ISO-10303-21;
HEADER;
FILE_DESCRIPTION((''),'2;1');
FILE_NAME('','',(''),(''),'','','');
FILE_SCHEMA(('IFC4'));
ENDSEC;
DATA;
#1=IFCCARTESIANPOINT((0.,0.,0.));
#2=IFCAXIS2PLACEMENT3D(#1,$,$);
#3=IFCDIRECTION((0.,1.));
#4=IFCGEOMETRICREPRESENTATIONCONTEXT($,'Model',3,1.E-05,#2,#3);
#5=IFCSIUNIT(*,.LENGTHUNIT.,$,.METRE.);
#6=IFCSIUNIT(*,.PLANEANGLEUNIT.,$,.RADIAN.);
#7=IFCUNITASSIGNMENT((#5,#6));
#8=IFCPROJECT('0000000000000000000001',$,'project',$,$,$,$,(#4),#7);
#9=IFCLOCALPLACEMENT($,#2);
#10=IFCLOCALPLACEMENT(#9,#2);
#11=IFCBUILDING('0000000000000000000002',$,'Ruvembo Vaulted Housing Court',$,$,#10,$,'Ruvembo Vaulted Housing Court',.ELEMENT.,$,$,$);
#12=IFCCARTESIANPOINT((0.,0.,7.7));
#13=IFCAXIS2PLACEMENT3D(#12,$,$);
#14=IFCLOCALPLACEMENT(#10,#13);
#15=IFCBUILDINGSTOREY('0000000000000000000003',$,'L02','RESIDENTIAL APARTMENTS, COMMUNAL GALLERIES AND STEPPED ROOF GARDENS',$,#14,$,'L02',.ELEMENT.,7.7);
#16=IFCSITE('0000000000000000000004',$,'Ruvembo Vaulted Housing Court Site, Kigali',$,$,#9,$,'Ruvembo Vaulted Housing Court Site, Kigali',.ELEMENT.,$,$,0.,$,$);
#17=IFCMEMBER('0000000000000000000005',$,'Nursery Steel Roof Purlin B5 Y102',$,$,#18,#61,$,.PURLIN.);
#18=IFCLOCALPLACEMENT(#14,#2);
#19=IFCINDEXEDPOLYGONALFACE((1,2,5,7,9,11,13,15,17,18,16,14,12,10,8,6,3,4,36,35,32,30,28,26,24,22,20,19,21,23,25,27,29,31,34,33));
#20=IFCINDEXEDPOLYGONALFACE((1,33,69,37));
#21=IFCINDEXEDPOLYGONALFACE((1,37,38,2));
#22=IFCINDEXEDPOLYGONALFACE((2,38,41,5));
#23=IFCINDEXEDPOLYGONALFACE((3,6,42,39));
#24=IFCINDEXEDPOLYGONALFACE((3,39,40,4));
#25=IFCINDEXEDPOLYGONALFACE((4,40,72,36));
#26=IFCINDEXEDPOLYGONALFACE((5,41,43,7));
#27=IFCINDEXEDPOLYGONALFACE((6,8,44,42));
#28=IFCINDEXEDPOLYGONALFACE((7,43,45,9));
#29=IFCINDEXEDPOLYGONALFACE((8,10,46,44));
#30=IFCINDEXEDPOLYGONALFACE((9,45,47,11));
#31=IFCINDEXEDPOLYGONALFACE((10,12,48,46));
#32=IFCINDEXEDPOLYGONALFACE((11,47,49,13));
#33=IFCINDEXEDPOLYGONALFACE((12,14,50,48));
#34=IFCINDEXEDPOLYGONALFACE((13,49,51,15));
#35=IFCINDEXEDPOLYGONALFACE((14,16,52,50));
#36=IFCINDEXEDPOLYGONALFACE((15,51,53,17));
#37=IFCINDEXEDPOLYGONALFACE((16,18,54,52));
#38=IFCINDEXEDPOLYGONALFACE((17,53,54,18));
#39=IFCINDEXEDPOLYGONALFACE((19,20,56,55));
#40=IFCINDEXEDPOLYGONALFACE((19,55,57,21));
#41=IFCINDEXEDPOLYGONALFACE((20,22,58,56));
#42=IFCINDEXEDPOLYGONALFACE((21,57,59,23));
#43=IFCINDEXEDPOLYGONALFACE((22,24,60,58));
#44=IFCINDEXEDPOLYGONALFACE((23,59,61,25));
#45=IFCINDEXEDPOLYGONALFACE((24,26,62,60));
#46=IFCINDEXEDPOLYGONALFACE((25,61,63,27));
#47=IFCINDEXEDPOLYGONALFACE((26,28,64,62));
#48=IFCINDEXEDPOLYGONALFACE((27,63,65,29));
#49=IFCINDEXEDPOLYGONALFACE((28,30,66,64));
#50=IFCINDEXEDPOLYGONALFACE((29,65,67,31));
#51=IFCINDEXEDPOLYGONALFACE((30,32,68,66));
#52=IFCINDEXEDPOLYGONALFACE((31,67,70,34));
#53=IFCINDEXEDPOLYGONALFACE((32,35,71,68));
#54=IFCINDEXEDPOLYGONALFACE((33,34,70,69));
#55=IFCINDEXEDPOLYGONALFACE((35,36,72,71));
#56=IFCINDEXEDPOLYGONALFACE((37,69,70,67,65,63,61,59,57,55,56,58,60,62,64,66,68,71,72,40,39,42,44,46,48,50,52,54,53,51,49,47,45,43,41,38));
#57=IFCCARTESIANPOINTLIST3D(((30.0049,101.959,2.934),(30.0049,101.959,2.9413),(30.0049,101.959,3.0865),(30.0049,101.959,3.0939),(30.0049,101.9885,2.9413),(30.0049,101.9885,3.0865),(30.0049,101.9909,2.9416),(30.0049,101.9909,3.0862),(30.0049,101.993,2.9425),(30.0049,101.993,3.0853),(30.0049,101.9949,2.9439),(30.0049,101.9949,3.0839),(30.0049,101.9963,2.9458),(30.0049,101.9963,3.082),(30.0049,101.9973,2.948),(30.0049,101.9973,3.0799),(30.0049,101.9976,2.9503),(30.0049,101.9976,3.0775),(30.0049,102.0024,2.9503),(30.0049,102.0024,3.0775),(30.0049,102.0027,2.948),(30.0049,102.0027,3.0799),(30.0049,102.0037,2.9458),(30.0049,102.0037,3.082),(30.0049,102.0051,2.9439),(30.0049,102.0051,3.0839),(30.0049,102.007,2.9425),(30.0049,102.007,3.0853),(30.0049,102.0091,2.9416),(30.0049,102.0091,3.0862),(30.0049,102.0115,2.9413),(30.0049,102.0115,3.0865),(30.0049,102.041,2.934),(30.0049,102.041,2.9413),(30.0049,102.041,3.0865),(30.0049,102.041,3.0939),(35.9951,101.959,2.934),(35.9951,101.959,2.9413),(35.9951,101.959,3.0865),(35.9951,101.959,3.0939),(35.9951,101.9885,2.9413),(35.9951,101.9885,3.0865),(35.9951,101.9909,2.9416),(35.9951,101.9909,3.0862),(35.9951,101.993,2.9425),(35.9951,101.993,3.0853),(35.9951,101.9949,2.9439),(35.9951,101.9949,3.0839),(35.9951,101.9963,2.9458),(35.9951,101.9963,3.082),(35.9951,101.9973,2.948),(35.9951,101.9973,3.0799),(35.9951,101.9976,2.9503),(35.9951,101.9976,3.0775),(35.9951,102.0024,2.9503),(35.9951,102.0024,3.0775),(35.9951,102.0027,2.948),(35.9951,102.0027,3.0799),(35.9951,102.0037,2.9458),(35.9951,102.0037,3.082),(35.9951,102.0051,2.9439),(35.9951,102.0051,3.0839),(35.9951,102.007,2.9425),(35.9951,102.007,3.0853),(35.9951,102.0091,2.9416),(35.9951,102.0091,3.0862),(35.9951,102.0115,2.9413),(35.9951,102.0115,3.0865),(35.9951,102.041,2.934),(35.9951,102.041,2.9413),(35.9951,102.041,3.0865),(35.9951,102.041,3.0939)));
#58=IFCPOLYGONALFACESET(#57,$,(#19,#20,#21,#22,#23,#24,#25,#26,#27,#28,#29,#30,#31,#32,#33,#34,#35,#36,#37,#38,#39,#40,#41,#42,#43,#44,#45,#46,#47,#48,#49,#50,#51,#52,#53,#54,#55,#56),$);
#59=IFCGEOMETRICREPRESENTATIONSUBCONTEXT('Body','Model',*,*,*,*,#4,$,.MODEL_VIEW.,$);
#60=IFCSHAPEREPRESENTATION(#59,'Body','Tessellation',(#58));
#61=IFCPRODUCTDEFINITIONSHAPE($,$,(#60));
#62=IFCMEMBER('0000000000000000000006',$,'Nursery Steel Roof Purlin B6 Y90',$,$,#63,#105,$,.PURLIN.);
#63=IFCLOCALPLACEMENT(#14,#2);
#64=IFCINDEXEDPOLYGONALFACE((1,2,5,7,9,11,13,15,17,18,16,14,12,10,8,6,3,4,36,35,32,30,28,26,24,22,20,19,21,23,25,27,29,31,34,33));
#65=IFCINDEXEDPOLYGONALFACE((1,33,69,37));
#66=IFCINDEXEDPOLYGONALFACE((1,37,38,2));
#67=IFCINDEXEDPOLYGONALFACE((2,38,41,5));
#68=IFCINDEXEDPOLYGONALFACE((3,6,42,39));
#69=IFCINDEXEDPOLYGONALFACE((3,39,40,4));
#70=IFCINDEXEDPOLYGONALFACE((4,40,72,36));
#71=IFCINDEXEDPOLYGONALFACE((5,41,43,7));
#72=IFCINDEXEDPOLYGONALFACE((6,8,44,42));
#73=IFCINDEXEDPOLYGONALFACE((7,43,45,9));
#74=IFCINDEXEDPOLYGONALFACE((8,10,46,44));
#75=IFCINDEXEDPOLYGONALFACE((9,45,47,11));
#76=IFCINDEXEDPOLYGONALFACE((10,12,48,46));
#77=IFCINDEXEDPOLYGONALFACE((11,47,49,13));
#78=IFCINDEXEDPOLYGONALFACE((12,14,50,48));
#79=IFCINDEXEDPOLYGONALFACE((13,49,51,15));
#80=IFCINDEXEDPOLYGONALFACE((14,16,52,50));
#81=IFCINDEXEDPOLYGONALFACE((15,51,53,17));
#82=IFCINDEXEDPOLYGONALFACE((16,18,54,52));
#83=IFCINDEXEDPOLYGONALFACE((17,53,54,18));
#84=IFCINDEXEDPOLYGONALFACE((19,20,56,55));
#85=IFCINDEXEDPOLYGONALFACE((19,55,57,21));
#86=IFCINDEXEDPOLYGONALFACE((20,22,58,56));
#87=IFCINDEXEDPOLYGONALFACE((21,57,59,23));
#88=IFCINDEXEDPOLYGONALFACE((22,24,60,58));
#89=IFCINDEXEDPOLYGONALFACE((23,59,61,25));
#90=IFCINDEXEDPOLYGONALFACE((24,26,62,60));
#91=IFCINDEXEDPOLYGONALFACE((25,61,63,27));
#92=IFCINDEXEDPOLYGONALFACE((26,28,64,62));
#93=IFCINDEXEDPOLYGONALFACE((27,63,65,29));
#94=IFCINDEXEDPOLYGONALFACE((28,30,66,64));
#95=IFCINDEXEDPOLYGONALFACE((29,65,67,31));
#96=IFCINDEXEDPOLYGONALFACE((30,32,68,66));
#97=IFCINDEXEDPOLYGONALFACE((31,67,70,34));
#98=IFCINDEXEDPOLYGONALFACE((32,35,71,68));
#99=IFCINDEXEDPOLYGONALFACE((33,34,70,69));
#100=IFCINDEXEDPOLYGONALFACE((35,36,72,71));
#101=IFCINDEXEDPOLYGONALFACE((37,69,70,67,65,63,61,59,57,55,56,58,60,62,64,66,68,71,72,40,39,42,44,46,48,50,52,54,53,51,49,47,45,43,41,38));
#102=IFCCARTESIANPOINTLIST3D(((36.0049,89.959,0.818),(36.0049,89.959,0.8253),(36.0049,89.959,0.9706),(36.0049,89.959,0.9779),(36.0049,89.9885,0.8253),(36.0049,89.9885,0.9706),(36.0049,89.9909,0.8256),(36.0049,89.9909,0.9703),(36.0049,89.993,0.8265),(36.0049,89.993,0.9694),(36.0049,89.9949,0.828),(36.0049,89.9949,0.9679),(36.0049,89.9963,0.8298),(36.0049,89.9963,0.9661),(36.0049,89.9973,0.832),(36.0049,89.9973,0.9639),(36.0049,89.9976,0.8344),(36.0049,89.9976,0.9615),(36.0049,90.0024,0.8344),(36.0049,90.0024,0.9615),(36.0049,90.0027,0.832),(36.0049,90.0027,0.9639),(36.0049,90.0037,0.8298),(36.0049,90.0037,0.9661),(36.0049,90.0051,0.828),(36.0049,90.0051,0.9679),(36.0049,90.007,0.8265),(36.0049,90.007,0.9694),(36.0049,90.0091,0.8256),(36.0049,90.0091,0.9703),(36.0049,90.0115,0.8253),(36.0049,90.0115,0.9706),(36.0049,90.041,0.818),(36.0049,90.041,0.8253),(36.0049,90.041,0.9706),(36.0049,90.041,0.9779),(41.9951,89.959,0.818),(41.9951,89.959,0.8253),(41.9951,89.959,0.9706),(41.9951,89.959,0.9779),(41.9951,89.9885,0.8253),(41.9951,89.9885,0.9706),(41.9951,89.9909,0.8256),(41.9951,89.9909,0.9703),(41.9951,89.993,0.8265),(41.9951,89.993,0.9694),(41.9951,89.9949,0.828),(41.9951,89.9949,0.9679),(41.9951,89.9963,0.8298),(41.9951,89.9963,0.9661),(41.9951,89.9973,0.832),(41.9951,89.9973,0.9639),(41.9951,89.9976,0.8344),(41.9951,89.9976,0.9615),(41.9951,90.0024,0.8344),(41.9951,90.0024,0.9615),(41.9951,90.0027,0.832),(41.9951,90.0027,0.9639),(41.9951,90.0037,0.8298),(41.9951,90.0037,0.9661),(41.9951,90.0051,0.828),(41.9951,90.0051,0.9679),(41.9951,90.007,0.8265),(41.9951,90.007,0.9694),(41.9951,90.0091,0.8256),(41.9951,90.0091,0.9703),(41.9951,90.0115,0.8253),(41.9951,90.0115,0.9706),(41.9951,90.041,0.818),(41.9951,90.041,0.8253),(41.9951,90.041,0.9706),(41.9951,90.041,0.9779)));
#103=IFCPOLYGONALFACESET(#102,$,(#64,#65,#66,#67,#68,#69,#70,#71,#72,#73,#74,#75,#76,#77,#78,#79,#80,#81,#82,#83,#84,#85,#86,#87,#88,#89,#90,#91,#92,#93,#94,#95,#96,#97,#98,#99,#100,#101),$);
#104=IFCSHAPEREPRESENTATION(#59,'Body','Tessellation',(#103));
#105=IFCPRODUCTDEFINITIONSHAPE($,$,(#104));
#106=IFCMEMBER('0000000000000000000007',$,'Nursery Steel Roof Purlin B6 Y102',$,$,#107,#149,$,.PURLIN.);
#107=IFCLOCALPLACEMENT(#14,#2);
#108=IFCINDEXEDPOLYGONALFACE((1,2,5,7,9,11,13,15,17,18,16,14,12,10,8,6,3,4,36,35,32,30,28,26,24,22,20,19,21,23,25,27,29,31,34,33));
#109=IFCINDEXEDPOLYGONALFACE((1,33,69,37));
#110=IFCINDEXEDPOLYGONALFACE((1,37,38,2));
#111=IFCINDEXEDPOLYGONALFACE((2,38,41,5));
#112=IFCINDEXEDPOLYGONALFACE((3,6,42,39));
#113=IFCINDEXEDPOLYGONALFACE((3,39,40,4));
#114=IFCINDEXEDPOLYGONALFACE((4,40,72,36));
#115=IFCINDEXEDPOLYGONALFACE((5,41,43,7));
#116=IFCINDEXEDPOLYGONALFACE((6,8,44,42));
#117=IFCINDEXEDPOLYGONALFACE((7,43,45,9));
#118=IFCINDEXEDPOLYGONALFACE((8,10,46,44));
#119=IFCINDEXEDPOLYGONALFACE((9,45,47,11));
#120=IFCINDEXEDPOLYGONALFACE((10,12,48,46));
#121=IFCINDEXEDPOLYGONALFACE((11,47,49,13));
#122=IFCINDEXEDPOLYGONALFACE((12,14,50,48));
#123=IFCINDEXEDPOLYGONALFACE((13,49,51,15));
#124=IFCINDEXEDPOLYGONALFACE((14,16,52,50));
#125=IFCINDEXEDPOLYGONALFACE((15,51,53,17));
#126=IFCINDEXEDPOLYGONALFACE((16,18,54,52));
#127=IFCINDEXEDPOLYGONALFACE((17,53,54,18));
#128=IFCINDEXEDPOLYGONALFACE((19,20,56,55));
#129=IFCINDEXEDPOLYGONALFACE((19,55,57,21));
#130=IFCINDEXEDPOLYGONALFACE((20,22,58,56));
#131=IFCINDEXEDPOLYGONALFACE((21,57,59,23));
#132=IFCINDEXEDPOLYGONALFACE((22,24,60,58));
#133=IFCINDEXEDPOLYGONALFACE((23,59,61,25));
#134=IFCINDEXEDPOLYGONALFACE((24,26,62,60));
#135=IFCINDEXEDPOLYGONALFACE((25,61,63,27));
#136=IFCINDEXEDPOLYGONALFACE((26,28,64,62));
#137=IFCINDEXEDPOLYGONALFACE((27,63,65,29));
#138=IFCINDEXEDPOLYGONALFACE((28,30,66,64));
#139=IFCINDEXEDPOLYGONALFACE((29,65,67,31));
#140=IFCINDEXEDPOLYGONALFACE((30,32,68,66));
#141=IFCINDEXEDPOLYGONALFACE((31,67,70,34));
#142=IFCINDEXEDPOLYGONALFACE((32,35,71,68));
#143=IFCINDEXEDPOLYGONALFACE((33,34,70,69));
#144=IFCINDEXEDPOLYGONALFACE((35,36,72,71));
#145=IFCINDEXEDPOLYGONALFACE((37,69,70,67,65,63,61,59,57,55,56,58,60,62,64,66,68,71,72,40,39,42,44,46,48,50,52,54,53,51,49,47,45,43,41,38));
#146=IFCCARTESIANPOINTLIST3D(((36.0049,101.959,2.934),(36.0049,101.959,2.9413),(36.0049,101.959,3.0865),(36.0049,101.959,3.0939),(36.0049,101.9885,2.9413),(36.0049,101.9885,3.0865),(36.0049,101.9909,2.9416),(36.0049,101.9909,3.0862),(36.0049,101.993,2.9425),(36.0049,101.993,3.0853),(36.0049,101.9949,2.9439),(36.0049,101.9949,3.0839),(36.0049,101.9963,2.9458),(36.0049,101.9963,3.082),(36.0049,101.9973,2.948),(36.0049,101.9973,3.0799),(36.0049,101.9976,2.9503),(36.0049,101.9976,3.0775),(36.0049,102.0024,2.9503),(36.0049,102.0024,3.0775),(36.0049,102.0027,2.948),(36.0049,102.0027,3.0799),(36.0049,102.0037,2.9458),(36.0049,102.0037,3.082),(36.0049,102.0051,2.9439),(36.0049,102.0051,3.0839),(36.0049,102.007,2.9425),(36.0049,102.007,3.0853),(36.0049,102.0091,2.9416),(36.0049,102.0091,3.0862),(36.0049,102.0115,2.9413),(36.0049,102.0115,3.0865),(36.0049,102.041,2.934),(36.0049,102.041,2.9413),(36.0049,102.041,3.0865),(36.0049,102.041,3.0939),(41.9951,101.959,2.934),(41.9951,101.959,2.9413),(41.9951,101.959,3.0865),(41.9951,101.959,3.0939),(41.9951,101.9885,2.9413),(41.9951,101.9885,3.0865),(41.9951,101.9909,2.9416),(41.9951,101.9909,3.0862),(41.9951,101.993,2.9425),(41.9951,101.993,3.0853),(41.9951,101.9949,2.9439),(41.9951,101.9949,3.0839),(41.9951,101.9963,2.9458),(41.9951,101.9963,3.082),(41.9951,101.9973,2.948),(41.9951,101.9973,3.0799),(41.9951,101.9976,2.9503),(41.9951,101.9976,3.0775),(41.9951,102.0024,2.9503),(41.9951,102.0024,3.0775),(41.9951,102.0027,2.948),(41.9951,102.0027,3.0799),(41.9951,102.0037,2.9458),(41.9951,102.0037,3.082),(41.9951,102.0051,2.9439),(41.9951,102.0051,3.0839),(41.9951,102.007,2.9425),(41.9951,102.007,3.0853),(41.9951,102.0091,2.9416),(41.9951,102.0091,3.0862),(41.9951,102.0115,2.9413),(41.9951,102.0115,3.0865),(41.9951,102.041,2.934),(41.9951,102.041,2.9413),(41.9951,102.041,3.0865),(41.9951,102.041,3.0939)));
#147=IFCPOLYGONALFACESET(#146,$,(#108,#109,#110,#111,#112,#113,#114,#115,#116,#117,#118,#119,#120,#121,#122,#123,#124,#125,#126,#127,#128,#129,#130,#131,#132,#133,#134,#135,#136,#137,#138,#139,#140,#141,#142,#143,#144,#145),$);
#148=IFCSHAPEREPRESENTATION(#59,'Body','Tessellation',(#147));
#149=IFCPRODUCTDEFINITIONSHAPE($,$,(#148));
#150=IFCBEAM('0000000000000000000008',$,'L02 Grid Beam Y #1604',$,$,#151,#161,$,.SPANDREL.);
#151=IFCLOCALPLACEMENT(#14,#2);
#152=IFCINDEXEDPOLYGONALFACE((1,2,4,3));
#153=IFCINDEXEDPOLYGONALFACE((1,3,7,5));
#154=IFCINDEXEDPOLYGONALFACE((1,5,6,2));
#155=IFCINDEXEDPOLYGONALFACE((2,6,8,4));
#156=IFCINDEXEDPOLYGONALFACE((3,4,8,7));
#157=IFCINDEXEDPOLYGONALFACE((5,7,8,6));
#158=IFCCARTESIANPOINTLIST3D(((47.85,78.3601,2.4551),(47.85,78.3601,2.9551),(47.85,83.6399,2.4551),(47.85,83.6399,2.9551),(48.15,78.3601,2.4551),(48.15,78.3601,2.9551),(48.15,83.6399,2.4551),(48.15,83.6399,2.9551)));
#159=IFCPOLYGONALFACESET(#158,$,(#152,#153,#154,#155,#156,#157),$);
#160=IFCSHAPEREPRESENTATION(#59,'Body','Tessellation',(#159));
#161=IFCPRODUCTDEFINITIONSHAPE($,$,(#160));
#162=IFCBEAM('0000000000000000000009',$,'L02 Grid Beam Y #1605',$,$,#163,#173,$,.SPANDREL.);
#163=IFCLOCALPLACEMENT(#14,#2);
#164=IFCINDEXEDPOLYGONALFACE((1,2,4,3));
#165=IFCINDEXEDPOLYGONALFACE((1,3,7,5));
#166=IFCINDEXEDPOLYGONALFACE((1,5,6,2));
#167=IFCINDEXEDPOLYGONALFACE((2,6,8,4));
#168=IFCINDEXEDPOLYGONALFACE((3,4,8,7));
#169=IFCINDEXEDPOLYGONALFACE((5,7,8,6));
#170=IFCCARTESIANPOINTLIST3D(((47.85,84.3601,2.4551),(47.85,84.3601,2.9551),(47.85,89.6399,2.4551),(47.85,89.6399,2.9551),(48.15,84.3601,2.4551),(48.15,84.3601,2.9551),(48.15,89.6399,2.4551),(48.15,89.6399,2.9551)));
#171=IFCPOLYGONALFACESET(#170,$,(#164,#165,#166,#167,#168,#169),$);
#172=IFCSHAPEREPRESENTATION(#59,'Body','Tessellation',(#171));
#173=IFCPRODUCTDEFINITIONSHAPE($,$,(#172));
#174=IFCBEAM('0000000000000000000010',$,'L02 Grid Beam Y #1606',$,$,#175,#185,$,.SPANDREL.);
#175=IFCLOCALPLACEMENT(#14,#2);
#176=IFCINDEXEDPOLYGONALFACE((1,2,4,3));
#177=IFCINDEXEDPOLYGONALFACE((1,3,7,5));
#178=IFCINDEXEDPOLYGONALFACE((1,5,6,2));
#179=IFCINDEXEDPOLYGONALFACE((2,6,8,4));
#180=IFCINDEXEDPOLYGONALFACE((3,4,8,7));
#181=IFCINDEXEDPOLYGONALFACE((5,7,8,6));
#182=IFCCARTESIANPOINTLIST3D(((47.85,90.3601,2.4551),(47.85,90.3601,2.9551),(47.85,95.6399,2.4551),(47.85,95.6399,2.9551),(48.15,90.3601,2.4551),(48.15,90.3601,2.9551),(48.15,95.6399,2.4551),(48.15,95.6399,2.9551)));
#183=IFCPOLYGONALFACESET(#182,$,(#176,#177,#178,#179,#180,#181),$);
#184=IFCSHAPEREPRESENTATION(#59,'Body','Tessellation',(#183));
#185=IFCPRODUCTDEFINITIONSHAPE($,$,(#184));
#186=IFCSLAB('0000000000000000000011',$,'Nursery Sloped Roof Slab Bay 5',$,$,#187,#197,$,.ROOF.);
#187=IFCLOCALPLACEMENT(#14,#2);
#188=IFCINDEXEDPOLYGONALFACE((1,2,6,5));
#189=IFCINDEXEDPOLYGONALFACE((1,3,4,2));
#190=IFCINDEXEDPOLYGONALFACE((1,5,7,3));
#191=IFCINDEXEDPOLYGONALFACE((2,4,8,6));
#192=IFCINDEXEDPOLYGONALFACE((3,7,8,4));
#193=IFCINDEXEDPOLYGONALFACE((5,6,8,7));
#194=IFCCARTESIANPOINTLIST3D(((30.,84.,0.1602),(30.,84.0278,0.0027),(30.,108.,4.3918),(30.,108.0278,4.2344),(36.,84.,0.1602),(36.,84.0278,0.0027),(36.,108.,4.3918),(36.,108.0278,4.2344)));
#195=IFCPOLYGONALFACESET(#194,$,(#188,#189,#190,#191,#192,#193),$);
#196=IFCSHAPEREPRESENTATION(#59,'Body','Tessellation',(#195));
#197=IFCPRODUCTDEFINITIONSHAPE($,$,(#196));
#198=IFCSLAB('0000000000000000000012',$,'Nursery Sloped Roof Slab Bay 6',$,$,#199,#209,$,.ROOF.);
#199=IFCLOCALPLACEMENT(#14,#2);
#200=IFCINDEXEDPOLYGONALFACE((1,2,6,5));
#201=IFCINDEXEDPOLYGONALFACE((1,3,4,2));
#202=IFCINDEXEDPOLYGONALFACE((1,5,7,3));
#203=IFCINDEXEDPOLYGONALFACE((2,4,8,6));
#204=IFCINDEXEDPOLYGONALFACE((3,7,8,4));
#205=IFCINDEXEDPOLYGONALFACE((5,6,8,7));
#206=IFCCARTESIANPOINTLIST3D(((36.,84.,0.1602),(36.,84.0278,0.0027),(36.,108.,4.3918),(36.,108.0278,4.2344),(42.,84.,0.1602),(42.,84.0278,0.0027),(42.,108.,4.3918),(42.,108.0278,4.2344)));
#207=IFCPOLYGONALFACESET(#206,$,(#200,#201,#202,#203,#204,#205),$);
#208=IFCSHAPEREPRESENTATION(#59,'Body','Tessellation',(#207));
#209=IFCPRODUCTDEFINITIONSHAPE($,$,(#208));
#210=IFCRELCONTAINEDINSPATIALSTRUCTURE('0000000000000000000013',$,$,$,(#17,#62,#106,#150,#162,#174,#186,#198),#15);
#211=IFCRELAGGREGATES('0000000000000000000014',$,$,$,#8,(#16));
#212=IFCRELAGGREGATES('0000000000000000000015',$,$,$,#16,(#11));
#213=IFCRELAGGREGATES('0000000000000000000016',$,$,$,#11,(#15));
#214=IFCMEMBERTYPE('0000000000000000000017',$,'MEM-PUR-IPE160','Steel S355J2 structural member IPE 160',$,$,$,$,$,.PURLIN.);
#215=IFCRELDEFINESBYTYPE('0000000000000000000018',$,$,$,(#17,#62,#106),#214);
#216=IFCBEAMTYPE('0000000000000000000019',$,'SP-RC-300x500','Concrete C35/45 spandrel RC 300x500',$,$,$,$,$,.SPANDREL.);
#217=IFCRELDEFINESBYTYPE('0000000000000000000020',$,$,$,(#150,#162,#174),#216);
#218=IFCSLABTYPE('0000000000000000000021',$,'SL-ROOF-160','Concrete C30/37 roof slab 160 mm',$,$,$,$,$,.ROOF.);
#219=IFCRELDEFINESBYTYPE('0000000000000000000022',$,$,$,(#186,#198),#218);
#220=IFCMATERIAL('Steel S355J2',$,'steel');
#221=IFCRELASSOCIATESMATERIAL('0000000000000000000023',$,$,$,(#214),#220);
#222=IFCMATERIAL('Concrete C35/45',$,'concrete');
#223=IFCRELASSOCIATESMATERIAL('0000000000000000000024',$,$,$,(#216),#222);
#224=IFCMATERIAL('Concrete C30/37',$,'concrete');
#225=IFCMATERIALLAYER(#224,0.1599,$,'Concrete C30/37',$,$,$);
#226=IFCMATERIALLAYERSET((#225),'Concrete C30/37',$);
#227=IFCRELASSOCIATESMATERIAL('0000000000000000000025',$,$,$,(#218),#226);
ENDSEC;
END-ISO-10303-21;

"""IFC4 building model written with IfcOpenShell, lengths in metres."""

from ifc_helpers import new_model, si_unit, direction, frame, origin, origin_2d, place, context, subcontext, project, spatial, polyline, rectangle, i_section, outline, extrude, material, layer, layer_set, material_profile, profile_set, type_object, element, save


model = new_model("IFC4")

# Units and contexts
model_context = context("Model", 3, precision=1e-05, world=origin(), true_north=direction((0.0, 1.0)))
body_context = subcontext(model_context, "Body", "Model", "MODEL_VIEW")
ifc_project = project(units=[si_unit("LENGTHUNIT", "METRE"), si_unit("PLANEANGLEUNIT", "RADIAN")], contexts=[model_context])

# Site, building, storey
site_placement = place(None, origin())
site = spatial("IfcSite", under=ifc_project, at=site_placement, Name="Ruvembo Vaulted Housing Court Site, Kigali", LongName="Ruvembo Vaulted Housing Court Site, Kigali", CompositionType="ELEMENT", RefElevation=0.0)
building_placement = place(site_placement, origin())
building = spatial("IfcBuilding", under=site, at=building_placement, Name="Ruvembo Vaulted Housing Court", LongName="Ruvembo Vaulted Housing Court", CompositionType="ELEMENT")
storey_placement = place(building_placement, frame((0.0, 0.0, 7.7)))
storey = spatial("IfcBuildingStorey", under=building, at=storey_placement, Name="L02", Description="RESIDENTIAL APARTMENTS, COMMUNAL GALLERIES AND STEPPED ROOF GARDENS", LongName="L02", CompositionType="ELEMENT", Elevation=7.7)

# Shared definitions
ifc_material_1 = material(Name="Steel S355J2", Category="steel")

# Members
ifc_material_profile_1 = material_profile(ifc_material_1, i_section(OverallWidth=0.082, OverallDepth=0.1599, WebThickness=0.0049, FlangeThickness=0.0073, FilletRadius=0.009, at=origin_2d()), Name="IPE 160")
ifc_profile_set_1 = profile_set([ifc_material_profile_1], Name="Steel S355J2")
member_type_1 = type_object("IfcMemberType", Name="MEM-PUR-IPE160", Description="Steel S355J2 structural member IPE 160", PredefinedType="PURLIN", material=ifc_profile_set_1)
for number, where, z_axis, x_axis, name in (
    (1, (30.0049, 102.0, 3.0139), (1.0, 0.0, 0.0), (0.0, 1.0, 0.0), "Nursery Steel Roof Purlin B5 Y102"),
    (2, (36.0049, 90.0, 0.8979), (1.0, 0.0, 0.0), (0.0, 1.0, 0.0), "Nursery Steel Roof Purlin B6 Y90"),
    (3, (36.0049, 102.0, 3.0139), (1.0, 0.0, 0.0), (0.0, 1.0, 0.0), "Nursery Steel Roof Purlin B6 Y102"),
):
    element("IfcMember", number, at=place(storey_placement, frame(where, z_axis=z_axis, x_axis=x_axis)), inside=storey, type_object=member_type_1, Name=name, PredefinedType="PURLIN", context=body_context, shape_type="SweptSolid", body=[
        extrude(i_section(OverallWidth=0.082, OverallDepth=0.1599, WebThickness=0.0049, FlangeThickness=0.0073, FilletRadius=0.009, at=origin_2d()), origin(), (0.0, 0.0, 1.0), 5.9902),
    ])

# Beams
ifc_material_2 = material(Name="Concrete C35/45", Category="concrete")
ifc_material_profile_2 = material_profile(ifc_material_2, rectangle(XDim=0.3, YDim=0.5, at=origin_2d()), Name="RC 300x500")
ifc_profile_set_2 = profile_set([ifc_material_profile_2], Name="Concrete C35/45")
beam_type_1 = type_object("IfcBeamType", Name="SP-RC-300x500", Description="Concrete C35/45 spandrel RC 300x500", PredefinedType="SPANDREL", material=ifc_profile_set_2)
for number, where, z_axis, x_axis, name in (
    (4, (48.0, 78.3601, 2.7051), (0.0, 1.0, 0.0), (-1.0, 0.0, 0.0), "L02 Grid Beam Y #1604"),
    (5, (48.0, 84.3601, 2.7051), (0.0, 1.0, 0.0), (-1.0, 0.0, 0.0), "L02 Grid Beam Y #1605"),
    (6, (48.0, 90.3601, 2.7051), (0.0, 1.0, 0.0), (-1.0, 0.0, 0.0), "L02 Grid Beam Y #1606"),
):
    element("IfcBeam", number, at=place(storey_placement, frame(where, z_axis=z_axis, x_axis=x_axis)), inside=storey, type_object=beam_type_1, Name=name, PredefinedType="SPANDREL", context=body_context, shape_type="SweptSolid", body=[
        extrude(rectangle(XDim=0.3, YDim=0.5, at=origin_2d()), origin(), (0.0, 0.0, 1.0), 5.2798),
    ])

# Slabs
ifc_material_3 = material(Name="Concrete C30/37", Category="concrete")
ifc_layer_1 = layer(ifc_material_3, 0.1599, Name="Concrete C30/37")
ifc_layer_set_1 = layer_set([ifc_layer_1], Name="Concrete C30/37")
slab_type = type_object("IfcSlabType", Name="SL-ROOF-160", Description="Concrete C30/37 roof slab 160 mm", PredefinedType="ROOF", material=ifc_layer_set_1)
for number, where, z_axis, x_axis, name in (
    (7, (30.0, 84.0, 0.1602), (0.0, -0.173642, 0.984809), (1.0, 0.0, 0.0), "Nursery Sloped Roof Slab Bay 5"),
    (8, (36.0, 84.0, 0.1602), (0.0, -0.173642, 0.984809), (1.0, 0.0, 0.0), "Nursery Sloped Roof Slab Bay 6"),
):
    element("IfcSlab", number, at=place(storey_placement, frame(where, z_axis=z_axis, x_axis=x_axis)), inside=storey, type_object=slab_type, Name=name, PredefinedType="ROOF", context=body_context, shape_type="SweptSolid", body=[
        extrude(outline(polyline([(0.0, 0.0), (6.0, 0.0), (6.0, 24.3702), (0.0, 24.3702), (0.0, 0.0)])), origin(), (0.0, 0.0, -1.0), 0.1599),
    ])

save(model, "model.ifc")
